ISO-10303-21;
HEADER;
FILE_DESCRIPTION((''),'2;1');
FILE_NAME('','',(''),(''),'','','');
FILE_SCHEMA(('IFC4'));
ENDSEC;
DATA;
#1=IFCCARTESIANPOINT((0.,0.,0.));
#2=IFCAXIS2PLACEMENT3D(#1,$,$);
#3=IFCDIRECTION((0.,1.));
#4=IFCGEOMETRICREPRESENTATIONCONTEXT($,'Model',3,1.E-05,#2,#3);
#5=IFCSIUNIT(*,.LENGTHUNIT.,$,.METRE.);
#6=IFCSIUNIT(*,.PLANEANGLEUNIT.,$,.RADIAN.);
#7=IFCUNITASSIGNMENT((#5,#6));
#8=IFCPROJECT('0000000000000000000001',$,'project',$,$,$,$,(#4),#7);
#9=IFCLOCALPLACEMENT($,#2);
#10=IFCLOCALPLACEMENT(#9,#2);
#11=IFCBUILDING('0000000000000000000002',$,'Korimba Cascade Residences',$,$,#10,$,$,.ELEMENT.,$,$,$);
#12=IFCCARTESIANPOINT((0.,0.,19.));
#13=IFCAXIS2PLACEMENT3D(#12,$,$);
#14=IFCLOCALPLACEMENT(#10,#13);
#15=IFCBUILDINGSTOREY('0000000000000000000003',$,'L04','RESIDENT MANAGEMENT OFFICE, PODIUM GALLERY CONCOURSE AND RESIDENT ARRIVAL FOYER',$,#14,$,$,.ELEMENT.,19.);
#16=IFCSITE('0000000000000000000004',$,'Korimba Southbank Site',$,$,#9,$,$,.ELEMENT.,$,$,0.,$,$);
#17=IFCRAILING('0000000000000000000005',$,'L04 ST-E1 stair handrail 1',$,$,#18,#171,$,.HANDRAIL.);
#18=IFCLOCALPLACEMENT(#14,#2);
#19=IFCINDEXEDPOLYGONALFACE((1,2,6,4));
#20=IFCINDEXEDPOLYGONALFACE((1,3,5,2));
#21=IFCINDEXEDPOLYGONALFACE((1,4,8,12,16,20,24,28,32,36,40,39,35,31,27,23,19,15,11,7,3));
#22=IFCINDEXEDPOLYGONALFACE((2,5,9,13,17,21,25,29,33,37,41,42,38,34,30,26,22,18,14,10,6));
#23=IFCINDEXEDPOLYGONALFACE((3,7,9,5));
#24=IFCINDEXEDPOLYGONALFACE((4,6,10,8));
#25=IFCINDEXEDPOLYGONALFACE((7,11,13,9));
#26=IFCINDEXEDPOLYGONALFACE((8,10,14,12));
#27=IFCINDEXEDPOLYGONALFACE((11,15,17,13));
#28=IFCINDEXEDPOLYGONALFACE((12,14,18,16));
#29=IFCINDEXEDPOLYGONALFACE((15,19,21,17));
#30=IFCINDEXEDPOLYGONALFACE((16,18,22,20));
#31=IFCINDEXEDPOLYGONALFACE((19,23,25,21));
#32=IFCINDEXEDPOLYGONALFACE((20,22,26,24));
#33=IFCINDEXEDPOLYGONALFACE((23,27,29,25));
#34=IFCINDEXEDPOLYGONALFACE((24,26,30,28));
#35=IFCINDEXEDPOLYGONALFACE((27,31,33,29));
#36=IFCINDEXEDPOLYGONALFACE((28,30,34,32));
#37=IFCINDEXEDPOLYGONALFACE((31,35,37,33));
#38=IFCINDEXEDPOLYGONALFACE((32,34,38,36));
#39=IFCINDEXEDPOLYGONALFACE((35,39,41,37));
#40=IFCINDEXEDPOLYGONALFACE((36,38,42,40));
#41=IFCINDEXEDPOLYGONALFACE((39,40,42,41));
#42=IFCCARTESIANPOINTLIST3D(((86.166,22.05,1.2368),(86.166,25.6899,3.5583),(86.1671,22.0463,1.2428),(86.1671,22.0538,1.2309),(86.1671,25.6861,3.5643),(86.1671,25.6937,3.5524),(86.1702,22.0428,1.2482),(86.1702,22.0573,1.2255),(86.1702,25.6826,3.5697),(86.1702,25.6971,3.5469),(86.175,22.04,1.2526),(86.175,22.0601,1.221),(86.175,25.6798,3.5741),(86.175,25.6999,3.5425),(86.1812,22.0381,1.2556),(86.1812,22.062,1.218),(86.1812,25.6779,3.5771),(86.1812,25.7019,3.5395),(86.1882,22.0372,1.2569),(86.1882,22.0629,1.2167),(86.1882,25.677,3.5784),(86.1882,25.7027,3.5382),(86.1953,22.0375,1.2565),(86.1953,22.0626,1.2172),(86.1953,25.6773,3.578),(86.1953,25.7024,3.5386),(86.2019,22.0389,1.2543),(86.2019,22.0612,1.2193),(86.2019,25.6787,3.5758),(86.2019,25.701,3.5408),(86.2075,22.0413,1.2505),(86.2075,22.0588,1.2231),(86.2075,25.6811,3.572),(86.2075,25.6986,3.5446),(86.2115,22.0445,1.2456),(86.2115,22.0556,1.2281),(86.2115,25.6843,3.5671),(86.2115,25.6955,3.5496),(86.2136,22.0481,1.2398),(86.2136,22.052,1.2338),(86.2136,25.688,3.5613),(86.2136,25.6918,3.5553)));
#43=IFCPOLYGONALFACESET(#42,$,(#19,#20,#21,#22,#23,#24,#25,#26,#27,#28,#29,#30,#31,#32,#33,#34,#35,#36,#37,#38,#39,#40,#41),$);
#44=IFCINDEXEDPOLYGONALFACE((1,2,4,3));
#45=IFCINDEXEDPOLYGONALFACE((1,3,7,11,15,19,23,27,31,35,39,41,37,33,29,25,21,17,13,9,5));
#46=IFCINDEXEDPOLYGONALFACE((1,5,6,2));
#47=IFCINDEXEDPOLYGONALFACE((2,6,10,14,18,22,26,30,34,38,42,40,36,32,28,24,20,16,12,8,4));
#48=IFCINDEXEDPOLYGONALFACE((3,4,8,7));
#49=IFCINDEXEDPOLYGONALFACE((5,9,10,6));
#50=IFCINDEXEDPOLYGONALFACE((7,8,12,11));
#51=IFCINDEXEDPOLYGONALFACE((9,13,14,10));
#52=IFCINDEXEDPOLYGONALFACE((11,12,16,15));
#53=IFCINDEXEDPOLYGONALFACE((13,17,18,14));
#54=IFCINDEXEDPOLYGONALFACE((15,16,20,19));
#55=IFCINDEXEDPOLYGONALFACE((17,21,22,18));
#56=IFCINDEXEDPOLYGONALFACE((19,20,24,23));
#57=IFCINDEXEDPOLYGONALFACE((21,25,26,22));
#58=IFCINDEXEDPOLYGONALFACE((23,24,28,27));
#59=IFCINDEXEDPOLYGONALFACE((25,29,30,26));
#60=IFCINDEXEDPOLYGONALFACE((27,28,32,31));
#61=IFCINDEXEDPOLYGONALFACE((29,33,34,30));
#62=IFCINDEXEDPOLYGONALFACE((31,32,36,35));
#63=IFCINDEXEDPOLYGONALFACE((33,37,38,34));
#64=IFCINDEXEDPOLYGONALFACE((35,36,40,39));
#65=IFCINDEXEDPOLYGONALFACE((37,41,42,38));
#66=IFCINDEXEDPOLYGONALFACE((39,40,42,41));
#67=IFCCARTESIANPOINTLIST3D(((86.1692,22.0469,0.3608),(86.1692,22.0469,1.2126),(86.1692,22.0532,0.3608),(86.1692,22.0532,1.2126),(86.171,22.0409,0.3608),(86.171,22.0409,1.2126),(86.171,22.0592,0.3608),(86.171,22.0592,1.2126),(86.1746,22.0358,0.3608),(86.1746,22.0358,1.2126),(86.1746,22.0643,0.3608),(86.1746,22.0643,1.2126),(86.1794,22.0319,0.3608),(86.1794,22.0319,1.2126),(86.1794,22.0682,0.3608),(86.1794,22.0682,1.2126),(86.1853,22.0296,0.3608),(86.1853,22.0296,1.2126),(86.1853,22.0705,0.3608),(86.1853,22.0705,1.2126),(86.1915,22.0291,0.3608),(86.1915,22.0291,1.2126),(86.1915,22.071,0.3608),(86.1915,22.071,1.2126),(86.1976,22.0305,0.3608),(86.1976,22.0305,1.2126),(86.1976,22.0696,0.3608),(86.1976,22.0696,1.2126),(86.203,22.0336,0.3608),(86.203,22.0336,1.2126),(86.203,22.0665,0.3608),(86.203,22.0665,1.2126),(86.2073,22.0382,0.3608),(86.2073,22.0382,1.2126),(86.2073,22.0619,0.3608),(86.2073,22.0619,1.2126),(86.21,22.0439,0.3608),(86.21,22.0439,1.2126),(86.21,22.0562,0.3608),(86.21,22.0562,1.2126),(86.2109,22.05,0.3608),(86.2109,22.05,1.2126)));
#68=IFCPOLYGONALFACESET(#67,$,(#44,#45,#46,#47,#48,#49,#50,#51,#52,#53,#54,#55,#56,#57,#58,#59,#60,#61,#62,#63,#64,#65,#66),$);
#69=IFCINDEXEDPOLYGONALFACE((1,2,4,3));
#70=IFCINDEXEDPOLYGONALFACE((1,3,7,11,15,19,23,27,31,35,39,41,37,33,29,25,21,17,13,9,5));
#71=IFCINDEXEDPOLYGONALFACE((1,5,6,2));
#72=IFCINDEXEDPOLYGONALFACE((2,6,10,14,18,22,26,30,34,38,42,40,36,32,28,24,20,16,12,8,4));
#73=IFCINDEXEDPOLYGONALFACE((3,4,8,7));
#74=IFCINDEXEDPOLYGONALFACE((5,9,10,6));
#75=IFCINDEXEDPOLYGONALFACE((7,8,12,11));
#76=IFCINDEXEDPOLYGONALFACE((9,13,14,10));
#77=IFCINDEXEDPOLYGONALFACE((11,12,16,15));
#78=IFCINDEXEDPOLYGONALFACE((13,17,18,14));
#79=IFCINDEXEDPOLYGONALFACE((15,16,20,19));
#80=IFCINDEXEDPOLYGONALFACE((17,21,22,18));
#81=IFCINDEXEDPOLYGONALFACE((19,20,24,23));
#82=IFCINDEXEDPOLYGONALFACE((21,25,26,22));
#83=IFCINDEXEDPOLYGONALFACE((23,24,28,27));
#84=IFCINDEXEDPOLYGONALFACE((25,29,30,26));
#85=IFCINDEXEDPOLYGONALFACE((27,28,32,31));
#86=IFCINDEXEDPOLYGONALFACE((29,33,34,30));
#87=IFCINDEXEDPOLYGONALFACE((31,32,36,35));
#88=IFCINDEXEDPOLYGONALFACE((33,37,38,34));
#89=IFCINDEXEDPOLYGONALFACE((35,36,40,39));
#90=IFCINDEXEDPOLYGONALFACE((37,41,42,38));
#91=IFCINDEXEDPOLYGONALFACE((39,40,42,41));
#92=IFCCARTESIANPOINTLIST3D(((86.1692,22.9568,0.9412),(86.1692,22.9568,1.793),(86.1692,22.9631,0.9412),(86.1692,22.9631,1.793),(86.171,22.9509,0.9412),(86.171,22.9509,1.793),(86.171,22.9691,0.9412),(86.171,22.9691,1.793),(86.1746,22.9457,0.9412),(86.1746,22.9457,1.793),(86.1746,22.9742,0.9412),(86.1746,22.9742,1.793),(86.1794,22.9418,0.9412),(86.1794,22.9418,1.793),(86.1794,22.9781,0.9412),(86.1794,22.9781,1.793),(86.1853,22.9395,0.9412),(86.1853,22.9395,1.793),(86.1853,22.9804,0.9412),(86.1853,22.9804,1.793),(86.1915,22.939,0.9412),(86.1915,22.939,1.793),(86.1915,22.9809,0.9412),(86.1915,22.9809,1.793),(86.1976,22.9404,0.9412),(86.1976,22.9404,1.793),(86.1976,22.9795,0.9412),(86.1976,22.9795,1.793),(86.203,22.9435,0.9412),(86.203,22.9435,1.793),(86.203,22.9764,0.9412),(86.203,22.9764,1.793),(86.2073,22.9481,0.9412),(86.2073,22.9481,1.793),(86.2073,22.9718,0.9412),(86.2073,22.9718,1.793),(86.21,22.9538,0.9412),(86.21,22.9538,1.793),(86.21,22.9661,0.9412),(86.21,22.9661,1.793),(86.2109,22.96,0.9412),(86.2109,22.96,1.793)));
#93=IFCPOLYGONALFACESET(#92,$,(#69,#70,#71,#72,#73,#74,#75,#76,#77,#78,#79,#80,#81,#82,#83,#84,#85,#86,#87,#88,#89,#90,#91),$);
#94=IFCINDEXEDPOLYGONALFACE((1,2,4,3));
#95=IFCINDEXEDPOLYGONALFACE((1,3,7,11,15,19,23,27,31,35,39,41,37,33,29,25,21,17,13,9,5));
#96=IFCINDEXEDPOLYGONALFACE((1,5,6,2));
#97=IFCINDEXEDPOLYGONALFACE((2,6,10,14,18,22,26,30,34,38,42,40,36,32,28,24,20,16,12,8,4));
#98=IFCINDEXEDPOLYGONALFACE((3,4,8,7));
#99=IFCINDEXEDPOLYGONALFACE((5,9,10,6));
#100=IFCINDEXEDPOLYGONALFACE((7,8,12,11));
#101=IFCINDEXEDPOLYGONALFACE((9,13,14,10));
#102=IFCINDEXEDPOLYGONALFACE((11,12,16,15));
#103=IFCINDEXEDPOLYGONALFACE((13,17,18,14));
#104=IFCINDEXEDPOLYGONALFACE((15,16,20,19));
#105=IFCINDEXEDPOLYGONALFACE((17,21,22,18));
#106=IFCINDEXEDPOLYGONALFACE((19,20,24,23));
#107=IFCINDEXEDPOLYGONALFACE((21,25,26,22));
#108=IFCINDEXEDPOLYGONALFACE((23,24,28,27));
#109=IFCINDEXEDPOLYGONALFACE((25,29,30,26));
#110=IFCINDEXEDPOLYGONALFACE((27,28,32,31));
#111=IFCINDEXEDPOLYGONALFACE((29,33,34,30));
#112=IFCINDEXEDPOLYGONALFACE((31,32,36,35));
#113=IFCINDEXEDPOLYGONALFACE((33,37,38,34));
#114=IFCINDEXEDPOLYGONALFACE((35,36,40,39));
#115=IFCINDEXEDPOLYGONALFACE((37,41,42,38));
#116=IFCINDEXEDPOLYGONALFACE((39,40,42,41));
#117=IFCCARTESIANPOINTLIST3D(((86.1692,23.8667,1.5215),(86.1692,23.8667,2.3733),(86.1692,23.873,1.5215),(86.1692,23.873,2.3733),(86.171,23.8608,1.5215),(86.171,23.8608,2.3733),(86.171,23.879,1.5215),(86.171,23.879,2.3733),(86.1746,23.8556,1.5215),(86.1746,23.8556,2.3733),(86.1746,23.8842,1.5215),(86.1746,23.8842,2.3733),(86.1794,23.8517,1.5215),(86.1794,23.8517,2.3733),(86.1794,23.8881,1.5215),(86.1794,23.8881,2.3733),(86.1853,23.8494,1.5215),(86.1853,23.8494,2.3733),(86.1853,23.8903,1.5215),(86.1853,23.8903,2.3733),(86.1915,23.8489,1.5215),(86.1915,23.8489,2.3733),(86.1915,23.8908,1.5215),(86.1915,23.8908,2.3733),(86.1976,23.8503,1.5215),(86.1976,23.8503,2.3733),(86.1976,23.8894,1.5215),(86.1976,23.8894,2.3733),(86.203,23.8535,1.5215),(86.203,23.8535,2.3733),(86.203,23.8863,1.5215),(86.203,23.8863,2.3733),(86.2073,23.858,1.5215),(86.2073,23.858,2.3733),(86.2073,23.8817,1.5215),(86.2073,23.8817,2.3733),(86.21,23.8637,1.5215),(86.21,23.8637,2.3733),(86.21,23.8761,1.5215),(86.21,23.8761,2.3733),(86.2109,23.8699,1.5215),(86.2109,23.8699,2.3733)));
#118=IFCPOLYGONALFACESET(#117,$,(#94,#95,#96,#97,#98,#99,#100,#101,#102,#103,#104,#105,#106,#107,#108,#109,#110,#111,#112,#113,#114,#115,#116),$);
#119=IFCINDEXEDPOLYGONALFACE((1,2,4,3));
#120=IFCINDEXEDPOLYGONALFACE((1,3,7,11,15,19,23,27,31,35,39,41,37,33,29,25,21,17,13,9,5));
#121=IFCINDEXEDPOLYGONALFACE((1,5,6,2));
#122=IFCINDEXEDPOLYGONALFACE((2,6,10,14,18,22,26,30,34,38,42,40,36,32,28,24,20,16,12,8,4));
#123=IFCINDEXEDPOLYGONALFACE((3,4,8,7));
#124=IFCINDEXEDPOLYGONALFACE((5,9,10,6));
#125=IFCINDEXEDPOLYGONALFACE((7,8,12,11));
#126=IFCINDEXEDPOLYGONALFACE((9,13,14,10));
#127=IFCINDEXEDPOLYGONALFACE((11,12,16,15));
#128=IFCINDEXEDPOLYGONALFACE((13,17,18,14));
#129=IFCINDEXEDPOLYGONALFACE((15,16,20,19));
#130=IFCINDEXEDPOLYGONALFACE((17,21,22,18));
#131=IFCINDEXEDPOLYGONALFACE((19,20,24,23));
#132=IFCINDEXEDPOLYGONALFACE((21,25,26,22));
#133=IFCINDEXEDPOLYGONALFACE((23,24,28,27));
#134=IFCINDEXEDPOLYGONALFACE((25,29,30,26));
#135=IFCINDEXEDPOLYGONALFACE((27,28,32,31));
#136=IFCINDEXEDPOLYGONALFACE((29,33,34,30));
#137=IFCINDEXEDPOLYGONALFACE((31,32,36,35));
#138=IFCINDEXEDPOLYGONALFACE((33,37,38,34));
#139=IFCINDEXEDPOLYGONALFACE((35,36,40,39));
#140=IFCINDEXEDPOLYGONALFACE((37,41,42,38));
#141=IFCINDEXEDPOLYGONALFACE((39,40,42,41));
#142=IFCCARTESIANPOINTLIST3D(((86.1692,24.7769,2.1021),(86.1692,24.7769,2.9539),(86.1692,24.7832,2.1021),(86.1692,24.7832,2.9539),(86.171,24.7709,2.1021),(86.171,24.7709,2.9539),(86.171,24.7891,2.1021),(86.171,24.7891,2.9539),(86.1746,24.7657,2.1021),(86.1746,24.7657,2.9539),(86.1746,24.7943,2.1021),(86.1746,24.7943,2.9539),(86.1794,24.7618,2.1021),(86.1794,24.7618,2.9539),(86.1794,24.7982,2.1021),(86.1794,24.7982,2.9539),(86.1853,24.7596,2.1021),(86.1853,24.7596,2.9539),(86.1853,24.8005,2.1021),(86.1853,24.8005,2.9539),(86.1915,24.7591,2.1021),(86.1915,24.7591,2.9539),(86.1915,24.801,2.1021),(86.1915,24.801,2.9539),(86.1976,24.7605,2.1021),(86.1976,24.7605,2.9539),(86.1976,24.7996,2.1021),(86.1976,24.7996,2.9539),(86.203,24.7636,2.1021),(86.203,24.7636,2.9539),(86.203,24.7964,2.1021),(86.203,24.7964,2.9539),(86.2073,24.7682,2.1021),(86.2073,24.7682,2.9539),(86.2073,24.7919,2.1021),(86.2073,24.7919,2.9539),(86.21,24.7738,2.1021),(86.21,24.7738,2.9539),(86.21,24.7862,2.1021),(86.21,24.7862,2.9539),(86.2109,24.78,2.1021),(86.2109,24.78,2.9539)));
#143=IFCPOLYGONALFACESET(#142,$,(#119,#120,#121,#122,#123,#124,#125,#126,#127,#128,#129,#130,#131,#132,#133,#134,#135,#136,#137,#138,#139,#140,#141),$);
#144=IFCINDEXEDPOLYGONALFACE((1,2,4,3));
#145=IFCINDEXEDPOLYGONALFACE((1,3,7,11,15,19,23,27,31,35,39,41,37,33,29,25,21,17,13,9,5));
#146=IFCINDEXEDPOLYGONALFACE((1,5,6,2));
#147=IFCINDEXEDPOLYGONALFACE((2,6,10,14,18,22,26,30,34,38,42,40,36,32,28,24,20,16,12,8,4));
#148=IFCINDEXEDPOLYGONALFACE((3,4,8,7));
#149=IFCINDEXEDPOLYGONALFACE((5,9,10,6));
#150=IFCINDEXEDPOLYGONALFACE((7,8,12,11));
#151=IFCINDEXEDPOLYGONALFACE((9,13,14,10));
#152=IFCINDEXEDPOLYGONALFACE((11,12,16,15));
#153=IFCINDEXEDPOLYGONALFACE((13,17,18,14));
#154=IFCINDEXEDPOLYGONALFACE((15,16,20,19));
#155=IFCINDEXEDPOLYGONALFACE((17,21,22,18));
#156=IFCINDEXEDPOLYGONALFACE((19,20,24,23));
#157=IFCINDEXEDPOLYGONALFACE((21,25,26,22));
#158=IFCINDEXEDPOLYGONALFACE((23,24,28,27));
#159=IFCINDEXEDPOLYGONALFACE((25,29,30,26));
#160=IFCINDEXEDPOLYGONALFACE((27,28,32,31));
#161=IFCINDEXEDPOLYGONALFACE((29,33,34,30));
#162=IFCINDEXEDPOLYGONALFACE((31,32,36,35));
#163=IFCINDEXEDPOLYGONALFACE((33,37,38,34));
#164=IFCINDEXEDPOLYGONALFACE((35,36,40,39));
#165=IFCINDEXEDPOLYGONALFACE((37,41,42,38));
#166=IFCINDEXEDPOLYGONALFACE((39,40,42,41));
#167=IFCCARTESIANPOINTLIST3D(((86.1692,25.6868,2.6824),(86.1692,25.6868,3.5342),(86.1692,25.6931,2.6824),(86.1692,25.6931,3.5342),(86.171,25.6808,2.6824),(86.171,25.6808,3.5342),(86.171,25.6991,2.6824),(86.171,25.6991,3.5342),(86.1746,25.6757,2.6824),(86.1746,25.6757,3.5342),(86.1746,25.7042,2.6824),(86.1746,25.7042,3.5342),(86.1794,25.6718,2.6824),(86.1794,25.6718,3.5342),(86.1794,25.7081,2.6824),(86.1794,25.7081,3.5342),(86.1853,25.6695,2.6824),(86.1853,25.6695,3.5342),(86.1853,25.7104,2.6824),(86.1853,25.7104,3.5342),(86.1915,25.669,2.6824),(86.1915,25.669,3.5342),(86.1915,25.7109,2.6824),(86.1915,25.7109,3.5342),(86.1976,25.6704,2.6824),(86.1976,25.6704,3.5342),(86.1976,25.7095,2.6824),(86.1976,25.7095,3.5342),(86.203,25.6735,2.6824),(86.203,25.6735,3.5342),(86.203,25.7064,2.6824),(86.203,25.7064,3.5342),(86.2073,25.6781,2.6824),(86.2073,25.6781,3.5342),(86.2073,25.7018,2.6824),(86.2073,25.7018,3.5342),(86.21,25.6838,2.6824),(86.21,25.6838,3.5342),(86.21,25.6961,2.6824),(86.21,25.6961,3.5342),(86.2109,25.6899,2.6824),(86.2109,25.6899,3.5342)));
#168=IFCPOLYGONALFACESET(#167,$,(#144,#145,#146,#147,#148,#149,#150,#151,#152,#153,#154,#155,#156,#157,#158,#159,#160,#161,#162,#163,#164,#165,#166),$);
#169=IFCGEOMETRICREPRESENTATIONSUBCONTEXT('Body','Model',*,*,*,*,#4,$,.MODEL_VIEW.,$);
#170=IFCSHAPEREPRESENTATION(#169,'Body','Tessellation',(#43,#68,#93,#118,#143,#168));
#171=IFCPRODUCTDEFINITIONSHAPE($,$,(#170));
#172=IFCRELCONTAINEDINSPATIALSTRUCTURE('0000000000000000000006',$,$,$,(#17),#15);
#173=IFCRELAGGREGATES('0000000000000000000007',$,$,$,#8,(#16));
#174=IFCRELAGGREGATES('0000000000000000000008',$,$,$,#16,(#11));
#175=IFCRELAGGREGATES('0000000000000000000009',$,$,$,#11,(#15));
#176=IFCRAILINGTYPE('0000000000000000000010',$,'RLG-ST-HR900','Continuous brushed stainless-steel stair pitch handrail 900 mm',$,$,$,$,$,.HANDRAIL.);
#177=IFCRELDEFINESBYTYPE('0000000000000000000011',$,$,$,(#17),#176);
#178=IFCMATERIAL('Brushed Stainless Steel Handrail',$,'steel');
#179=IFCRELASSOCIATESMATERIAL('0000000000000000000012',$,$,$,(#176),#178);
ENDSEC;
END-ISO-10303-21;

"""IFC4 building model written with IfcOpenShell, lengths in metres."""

from ifc_helpers import new_model, si_unit, direction, frame, origin, origin_2d, place, context, subcontext, project, spatial, circle, extrude, material, type_object, element, save


model = new_model("IFC4")

# Units and contexts
model_context = context("Model", 3, precision=1e-05, world=origin(), true_north=direction((0.0, 1.0)))
body_context = subcontext(model_context, "Body", "Model", "MODEL_VIEW")
ifc_project = project(units=[si_unit("LENGTHUNIT", "METRE"), si_unit("PLANEANGLEUNIT", "RADIAN")], contexts=[model_context])

# Site, building, storey
site_placement = place(None, origin())
site = spatial("IfcSite", under=ifc_project, at=site_placement, Name="Korimba Southbank Site", CompositionType="ELEMENT", RefElevation=0.0)
building_placement = place(site_placement, origin())
building = spatial("IfcBuilding", under=site, at=building_placement, Name="Korimba Cascade Residences", CompositionType="ELEMENT")
storey_placement = place(building_placement, frame((0.0, 0.0, 19.0)))
storey = spatial("IfcBuildingStorey", under=building, at=storey_placement, Name="L04", Description="RESIDENT MANAGEMENT OFFICE, PODIUM GALLERY CONCOURSE AND RESIDENT ARRIVAL FOYER", CompositionType="ELEMENT", Elevation=19.0)

# Railing
ifc_material_1 = material(Name="Brushed Stainless Steel Handrail", Category="steel")
railing_type_1 = type_object("IfcRailingType", Name="RLG-ST-HR900", Description="Continuous brushed stainless-steel stair pitch handrail 900 mm", PredefinedType="HANDRAIL", material=ifc_material_1)
railing_1_placement = place(storey_placement, frame((86.1899, 22.05, 0.3608)))
element("IfcRailing", 1, at=railing_1_placement, inside=storey, type_object=railing_type_1, Name="L04 ST-E1 stair handrail 1", PredefinedType="HANDRAIL", context=body_context, shape_type="SweptSolid", body=[
    extrude(circle(Radius=0.0239, at=origin_2d()), frame((0.0, 0.0, 0.876), z_axis=(0.0, 0.843112, 0.537739), x_axis=(-1.0, 0.0, 0.0)), (0.0, 0.0, 1.0), 4.3171),
    extrude(circle(Radius=0.021, at=origin_2d()), origin(), (0.0, 0.0, 1.0), 0.8518),
    extrude(circle(Radius=0.021, at=origin_2d()), frame((0.0, 0.9099, 0.5803)), (0.0, 0.0, 1.0), 0.8518),
    extrude(circle(Radius=0.021, at=origin_2d()), frame((0.0, 1.8198, 1.1606)), (0.0, 0.0, 1.0), 0.8518),
    extrude(circle(Radius=0.021, at=origin_2d()), frame((0.0, 2.73, 1.7412)), (0.0, 0.0, 1.0), 0.8518),
    extrude(circle(Radius=0.021, at=origin_2d()), frame((0.0, 3.6399, 2.3215)), (0.0, 0.0, 1.0), 0.8518),
])

save(model, "model.ifc")
